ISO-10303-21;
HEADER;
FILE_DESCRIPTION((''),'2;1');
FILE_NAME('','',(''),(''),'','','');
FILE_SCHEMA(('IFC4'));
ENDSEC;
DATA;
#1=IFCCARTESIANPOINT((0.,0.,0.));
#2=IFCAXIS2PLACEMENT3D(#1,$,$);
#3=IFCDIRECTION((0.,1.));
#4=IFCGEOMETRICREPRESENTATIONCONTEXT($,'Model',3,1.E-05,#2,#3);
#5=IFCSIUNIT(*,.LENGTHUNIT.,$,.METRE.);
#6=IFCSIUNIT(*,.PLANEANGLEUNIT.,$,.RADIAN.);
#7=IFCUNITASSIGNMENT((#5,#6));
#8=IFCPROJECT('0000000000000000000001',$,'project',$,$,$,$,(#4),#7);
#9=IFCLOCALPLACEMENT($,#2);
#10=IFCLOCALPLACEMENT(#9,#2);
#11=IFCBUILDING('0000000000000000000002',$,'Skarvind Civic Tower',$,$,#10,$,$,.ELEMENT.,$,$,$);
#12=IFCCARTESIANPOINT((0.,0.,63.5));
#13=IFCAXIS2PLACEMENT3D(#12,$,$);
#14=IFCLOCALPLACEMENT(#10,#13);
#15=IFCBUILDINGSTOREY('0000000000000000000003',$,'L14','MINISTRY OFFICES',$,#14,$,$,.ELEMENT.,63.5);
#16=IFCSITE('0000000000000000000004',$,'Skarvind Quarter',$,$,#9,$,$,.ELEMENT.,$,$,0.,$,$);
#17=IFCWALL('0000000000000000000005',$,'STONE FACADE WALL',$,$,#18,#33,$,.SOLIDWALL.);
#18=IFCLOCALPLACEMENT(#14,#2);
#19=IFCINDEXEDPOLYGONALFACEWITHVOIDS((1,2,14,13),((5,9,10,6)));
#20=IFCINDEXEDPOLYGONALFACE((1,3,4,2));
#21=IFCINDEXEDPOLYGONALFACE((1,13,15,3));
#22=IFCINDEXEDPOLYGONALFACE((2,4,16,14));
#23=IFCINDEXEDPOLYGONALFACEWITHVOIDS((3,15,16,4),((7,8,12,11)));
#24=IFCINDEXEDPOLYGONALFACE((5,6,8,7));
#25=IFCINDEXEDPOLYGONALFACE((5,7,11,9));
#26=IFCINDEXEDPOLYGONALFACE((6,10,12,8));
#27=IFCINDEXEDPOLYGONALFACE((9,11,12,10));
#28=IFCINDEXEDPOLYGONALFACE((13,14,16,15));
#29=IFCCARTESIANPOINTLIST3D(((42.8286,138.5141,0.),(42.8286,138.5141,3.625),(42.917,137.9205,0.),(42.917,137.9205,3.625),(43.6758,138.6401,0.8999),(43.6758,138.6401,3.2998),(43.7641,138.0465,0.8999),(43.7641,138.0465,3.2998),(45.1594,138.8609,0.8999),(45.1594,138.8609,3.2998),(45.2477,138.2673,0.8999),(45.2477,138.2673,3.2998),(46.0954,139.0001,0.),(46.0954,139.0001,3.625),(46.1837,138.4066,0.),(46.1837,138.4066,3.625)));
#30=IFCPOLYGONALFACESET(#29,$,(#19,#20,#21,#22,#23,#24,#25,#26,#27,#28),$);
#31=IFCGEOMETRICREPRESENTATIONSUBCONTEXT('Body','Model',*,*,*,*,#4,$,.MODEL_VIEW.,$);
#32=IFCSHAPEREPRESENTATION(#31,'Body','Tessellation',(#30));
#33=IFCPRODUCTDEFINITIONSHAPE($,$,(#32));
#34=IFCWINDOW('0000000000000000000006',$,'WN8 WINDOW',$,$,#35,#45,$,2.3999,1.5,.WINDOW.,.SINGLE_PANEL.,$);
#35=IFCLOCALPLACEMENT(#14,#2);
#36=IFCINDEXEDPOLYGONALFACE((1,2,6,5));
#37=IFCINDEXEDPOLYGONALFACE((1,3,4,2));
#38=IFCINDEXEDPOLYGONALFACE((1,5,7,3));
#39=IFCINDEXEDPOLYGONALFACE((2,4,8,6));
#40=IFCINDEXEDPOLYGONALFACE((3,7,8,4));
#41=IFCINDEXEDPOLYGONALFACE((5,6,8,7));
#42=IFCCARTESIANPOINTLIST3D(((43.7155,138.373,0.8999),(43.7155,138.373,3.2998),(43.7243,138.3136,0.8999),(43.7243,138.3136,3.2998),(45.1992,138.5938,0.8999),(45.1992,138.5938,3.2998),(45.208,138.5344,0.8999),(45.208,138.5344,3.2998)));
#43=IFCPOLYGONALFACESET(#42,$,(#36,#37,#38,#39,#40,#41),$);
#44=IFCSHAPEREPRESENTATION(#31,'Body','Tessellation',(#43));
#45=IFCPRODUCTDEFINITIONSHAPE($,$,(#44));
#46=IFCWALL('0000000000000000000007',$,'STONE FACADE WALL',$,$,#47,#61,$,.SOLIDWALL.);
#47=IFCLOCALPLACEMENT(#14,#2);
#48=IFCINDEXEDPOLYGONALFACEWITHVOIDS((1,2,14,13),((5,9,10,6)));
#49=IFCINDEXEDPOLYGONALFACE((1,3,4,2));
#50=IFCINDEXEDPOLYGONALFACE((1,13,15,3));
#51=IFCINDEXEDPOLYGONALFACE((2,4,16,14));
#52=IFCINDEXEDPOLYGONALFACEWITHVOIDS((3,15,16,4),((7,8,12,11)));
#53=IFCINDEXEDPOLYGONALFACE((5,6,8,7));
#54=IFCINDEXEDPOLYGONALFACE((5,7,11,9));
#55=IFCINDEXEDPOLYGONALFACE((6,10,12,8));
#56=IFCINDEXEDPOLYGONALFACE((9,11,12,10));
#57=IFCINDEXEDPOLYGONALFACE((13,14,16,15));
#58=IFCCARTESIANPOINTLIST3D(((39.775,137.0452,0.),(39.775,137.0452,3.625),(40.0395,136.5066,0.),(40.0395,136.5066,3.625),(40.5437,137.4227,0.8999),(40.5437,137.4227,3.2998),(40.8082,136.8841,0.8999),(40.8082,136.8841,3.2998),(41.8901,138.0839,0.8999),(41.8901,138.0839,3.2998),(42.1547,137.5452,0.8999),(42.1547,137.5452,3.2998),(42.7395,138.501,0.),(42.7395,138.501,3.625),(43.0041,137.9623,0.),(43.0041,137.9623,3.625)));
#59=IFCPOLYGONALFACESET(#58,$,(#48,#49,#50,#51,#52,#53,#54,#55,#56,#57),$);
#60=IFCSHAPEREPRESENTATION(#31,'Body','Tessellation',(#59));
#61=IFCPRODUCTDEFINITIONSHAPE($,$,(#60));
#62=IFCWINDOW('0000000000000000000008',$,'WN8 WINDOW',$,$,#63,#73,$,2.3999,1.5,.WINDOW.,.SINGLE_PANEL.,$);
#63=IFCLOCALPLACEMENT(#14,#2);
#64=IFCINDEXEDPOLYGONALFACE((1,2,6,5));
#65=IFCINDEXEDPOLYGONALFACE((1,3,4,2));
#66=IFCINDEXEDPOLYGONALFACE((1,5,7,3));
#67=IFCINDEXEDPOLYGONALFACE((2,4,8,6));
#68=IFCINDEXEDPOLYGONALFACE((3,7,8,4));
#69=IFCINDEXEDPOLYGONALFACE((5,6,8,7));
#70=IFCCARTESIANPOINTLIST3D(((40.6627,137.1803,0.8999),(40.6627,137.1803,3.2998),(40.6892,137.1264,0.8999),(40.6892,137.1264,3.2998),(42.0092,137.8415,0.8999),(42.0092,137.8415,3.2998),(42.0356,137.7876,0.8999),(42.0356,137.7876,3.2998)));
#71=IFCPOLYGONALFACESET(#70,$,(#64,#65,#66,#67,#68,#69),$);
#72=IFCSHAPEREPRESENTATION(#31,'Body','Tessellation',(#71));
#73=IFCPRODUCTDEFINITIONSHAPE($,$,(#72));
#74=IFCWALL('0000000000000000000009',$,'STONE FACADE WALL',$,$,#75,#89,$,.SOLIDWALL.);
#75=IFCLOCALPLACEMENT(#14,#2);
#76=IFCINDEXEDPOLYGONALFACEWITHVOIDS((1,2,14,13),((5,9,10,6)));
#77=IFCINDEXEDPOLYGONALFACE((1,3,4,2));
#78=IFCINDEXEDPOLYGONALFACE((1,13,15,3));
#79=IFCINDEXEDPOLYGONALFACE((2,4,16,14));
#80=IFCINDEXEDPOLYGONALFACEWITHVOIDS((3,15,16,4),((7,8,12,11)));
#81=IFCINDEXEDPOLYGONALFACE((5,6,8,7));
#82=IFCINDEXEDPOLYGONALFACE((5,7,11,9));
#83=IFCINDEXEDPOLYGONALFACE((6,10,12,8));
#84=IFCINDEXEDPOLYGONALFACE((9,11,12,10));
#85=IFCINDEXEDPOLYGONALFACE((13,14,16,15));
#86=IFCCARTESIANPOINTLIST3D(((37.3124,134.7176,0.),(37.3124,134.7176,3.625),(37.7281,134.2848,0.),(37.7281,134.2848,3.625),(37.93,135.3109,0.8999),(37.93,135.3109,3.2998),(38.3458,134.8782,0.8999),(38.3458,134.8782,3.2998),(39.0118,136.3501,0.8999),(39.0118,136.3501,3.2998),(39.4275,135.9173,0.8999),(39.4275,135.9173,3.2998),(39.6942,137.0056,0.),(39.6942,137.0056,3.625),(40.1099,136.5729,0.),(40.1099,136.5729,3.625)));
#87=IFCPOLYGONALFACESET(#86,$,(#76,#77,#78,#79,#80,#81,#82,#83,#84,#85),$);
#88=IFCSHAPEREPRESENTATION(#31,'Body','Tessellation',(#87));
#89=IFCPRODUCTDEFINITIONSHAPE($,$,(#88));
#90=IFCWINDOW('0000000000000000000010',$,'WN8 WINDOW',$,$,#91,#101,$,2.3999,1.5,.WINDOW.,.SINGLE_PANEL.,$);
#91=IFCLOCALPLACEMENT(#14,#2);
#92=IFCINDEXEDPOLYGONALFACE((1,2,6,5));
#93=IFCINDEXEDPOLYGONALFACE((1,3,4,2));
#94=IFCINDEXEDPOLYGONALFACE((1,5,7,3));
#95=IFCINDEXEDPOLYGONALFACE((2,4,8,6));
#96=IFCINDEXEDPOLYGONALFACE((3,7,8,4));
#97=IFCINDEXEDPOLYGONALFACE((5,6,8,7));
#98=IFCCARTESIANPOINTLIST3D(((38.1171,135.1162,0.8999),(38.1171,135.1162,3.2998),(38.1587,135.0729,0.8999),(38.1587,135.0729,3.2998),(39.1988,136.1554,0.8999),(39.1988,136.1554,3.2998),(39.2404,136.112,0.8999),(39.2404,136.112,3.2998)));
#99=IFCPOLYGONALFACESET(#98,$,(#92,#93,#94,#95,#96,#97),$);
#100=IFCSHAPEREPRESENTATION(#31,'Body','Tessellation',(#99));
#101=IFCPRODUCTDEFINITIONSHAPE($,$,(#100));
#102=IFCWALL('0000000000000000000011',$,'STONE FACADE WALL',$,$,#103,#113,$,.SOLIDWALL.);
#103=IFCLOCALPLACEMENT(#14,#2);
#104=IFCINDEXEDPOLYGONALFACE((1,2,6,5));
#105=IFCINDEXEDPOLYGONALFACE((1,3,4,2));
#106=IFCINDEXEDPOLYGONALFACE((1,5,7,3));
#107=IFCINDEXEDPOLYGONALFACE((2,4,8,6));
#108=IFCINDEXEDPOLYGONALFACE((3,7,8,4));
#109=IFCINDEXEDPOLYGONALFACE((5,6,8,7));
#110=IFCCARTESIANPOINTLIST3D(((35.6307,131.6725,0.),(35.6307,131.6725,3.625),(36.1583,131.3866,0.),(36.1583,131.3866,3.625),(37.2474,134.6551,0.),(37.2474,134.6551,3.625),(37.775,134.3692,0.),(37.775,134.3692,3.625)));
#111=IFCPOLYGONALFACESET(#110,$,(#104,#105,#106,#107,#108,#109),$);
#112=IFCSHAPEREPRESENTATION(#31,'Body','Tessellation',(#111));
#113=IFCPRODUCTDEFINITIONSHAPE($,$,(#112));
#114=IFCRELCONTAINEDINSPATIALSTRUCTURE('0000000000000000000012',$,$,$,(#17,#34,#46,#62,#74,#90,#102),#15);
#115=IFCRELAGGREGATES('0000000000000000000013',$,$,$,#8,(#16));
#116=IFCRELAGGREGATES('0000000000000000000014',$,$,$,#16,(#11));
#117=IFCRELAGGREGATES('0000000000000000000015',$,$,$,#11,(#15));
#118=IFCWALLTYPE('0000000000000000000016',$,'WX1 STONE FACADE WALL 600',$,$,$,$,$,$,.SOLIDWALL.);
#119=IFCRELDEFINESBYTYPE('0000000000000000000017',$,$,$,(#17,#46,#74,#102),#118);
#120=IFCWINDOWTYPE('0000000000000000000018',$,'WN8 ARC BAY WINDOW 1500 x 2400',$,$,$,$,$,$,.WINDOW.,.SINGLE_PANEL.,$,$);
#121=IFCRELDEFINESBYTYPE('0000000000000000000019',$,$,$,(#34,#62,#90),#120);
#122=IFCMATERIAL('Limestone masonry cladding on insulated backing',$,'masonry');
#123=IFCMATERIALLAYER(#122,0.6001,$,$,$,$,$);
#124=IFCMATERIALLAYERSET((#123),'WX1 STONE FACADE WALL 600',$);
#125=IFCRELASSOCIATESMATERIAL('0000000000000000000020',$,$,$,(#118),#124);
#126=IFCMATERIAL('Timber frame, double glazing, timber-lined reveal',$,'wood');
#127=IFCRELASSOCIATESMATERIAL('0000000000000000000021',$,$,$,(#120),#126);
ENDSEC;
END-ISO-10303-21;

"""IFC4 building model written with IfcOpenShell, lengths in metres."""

from ifc_helpers import new_model, si_unit, direction, frame, frame_2d, origin, place, context, subcontext, project, spatial, rectangle, extrude, material, layer, layer_set, type_object, element, fill, save


model = new_model("IFC4")

# Units and contexts
model_context = context("Model", 3, precision=1e-05, world=origin(), true_north=direction((0.0, 1.0)))
body_context = subcontext(model_context, "Body", "Model", "MODEL_VIEW")
ifc_project = project(units=[si_unit("LENGTHUNIT", "METRE"), si_unit("PLANEANGLEUNIT", "RADIAN")], contexts=[model_context])

# Site, building, storey
site_placement = place(None, origin())
site = spatial("IfcSite", under=ifc_project, at=site_placement, Name="Skarvind Quarter", CompositionType="ELEMENT", RefElevation=0.0)
building_placement = place(site_placement, origin())
building = spatial("IfcBuilding", under=site, at=building_placement, Name="Skarvind Civic Tower", CompositionType="ELEMENT")
storey_placement = place(building_placement, frame((0.0, 0.0, 63.5)))
storey = spatial("IfcBuildingStorey", under=building, at=storey_placement, Name="L14", Description="MINISTRY OFFICES", CompositionType="ELEMENT", Elevation=63.5)

# Walls, openings, windows
ifc_material_1 = material(Name="Limestone masonry cladding on insulated backing", Category="masonry")
ifc_layer_1 = layer(ifc_material_1, 0.6001)
ifc_layer_set_1 = layer_set([ifc_layer_1], Name="WX1 STONE FACADE WALL 600")
wall_type_1 = type_object("IfcWallType", Name="WX1 STONE FACADE WALL 600", PredefinedType="SOLIDWALL", material=ifc_layer_set_1)
wall_1_placement = place(storey_placement, frame((42.8728, 138.2173, 0.0), z_axis=(0.0, 0.0, 1.0), x_axis=(0.989111, 0.147173, 0.0)))
wall_1 = element("IfcWall", 1, at=wall_1_placement, inside=storey, type_object=wall_type_1, Name="STONE FACADE WALL", PredefinedType="SOLIDWALL", context=body_context, shape_type="SweptSolid", body=[
    extrude(rectangle(XDim=3.3027, YDim=0.6001, at=frame_2d((1.6514, 0.0))), origin(), (0.0, 0.0, 1.0), 3.625),
])
opening_1_placement = place(wall_1_placement, frame((0.8564, 0.0, 0.8999)))
opening_1 = element("IfcOpeningElement", 2, at=opening_1_placement, cuts=wall_1, PredefinedType="OPENING", context=body_context, shape_type="SweptSolid", body=[
    extrude(rectangle(XDim=1.5, YDim=2.3999, at=frame_2d((0.75, 1.2))), frame((0.0, 0.3101, 0.0), z_axis=(0.0, -1.0, 0.0), x_axis=(1.0, 0.0, 0.0)), (0.0, 0.0, 1.0), 0.6201),
])
ifc_material_2 = material(Name="Timber frame, double glazing, timber-lined reveal", Category="wood")
window_type = type_object("IfcWindowType", Name="WN8 ARC BAY WINDOW 1500 x 2400", PartitioningType="SINGLE_PANEL", PredefinedType="WINDOW", material=ifc_material_2)
window_1_placement = place(opening_1_placement, origin())
window_1 = element("IfcWindow", 3, at=window_1_placement, inside=storey, type_object=window_type, Name="WN8 WINDOW", OverallHeight=2.3999, OverallWidth=1.5, PartitioningType="SINGLE_PANEL", PredefinedType="WINDOW", context=body_context, shape_type="SweptSolid", body=[
    extrude(rectangle(XDim=1.5, YDim=2.3999, at=frame_2d((0.75, 1.2))), frame((0.0, 0.03, 0.0), z_axis=(0.0, -1.0, 0.0), x_axis=(1.0, 0.0, 0.0)), (0.0, 0.0, 1.0), 0.0601),
])
fill(opening_1, window_1)
wall_2_placement = place(storey_placement, frame((39.9072, 136.7759, 0.0), z_axis=(0.0, 0.0, 1.0), x_axis=(0.897612, 0.440786, 0.0)))
wall_2 = element("IfcWall", 4, at=wall_2_placement, inside=storey, type_object=wall_type_1, Name="STONE FACADE WALL", PredefinedType="SOLIDWALL", context=body_context, shape_type="SweptSolid", body=[
    extrude(rectangle(XDim=3.3027, YDim=0.6001, at=frame_2d((1.6514, 0.0))), origin(), (0.0, 0.0, 1.0), 3.625),
])
opening_2_placement = place(wall_2_placement, frame((0.8564, 0.0, 0.8999)))
opening_2 = element("IfcOpeningElement", 5, at=opening_2_placement, cuts=wall_2, PredefinedType="OPENING", context=body_context, shape_type="SweptSolid", body=[
    extrude(rectangle(XDim=1.5, YDim=2.3999, at=frame_2d((0.75, 1.2))), frame((0.0, 0.3101, 0.0), z_axis=(0.0, -1.0, 0.0), x_axis=(1.0, 0.0, 0.0)), (0.0, 0.0, 1.0), 0.6201),
])
window_2_placement = place(opening_2_placement, origin())
window_2 = element("IfcWindow", 6, at=window_2_placement, inside=storey, type_object=window_type, Name="WN8 WINDOW", OverallHeight=2.3999, OverallWidth=1.5, PartitioningType="SINGLE_PANEL", PredefinedType="WINDOW", context=body_context, shape_type="SweptSolid", body=[
    extrude(rectangle(XDim=1.5, YDim=2.3999, at=frame_2d((0.75, 1.2))), frame((0.0, 0.03, 0.0), z_axis=(0.0, -1.0, 0.0), x_axis=(1.0, 0.0, 0.0)), (0.0, 0.0, 1.0), 0.0601),
])
fill(opening_2, window_2)
wall_3_placement = place(storey_placement, frame((37.5203, 134.5012, 0.0), z_axis=(0.0, 0.0, 1.0), x_axis=(0.721157, 0.692772, 0.0)))
wall_3 = element("IfcWall", 7, at=wall_3_placement, inside=storey, type_object=wall_type_1, Name="STONE FACADE WALL", PredefinedType="SOLIDWALL", context=body_context, shape_type="SweptSolid", body=[
    extrude(rectangle(XDim=3.3027, YDim=0.6001, at=frame_2d((1.6514, 0.0))), origin(), (0.0, 0.0, 1.0), 3.625),
])
opening_3_placement = place(wall_3_placement, frame((0.8564, 0.0, 0.8999)))
opening_3 = element("IfcOpeningElement", 8, at=opening_3_placement, cuts=wall_3, PredefinedType="OPENING", context=body_context, shape_type="SweptSolid", body=[
    extrude(rectangle(XDim=1.5, YDim=2.3999, at=frame_2d((0.75, 1.2))), frame((0.0, 0.3101, 0.0), z_axis=(0.0, -1.0, 0.0), x_axis=(1.0, 0.0, 0.0)), (0.0, 0.0, 1.0), 0.6201),
])
window_3_placement = place(opening_3_placement, origin())
window_3 = element("IfcWindow", 9, at=window_3_placement, inside=storey, type_object=window_type, Name="WN8 WINDOW", OverallHeight=2.3999, OverallWidth=1.5, PartitioningType="SINGLE_PANEL", PredefinedType="WINDOW", context=body_context, shape_type="SweptSolid", body=[
    extrude(rectangle(XDim=1.5, YDim=2.3999, at=frame_2d((0.75, 1.2))), frame((0.0, 0.03, 0.0), z_axis=(0.0, -1.0, 0.0), x_axis=(1.0, 0.0, 0.0)), (0.0, 0.0, 1.0), 0.0601),
])
fill(opening_3, window_3)

# Wall
wall_4_placement = place(storey_placement, frame((35.8945, 131.5295, 0.0), z_axis=(0.0, 0.0, 1.0), x_axis=(0.476531, 0.879158, 0.0)))
element("IfcWall", 10, at=wall_4_placement, inside=storey, type_object=wall_type_1, Name="STONE FACADE WALL", PredefinedType="SOLIDWALL", context=body_context, shape_type="SweptSolid", body=[
    extrude(rectangle(XDim=3.3926, YDim=0.6001, at=frame_2d((1.6963, 0.0))), origin(), (0.0, 0.0, 1.0), 3.625),
])

save(model, "model.ifc")
